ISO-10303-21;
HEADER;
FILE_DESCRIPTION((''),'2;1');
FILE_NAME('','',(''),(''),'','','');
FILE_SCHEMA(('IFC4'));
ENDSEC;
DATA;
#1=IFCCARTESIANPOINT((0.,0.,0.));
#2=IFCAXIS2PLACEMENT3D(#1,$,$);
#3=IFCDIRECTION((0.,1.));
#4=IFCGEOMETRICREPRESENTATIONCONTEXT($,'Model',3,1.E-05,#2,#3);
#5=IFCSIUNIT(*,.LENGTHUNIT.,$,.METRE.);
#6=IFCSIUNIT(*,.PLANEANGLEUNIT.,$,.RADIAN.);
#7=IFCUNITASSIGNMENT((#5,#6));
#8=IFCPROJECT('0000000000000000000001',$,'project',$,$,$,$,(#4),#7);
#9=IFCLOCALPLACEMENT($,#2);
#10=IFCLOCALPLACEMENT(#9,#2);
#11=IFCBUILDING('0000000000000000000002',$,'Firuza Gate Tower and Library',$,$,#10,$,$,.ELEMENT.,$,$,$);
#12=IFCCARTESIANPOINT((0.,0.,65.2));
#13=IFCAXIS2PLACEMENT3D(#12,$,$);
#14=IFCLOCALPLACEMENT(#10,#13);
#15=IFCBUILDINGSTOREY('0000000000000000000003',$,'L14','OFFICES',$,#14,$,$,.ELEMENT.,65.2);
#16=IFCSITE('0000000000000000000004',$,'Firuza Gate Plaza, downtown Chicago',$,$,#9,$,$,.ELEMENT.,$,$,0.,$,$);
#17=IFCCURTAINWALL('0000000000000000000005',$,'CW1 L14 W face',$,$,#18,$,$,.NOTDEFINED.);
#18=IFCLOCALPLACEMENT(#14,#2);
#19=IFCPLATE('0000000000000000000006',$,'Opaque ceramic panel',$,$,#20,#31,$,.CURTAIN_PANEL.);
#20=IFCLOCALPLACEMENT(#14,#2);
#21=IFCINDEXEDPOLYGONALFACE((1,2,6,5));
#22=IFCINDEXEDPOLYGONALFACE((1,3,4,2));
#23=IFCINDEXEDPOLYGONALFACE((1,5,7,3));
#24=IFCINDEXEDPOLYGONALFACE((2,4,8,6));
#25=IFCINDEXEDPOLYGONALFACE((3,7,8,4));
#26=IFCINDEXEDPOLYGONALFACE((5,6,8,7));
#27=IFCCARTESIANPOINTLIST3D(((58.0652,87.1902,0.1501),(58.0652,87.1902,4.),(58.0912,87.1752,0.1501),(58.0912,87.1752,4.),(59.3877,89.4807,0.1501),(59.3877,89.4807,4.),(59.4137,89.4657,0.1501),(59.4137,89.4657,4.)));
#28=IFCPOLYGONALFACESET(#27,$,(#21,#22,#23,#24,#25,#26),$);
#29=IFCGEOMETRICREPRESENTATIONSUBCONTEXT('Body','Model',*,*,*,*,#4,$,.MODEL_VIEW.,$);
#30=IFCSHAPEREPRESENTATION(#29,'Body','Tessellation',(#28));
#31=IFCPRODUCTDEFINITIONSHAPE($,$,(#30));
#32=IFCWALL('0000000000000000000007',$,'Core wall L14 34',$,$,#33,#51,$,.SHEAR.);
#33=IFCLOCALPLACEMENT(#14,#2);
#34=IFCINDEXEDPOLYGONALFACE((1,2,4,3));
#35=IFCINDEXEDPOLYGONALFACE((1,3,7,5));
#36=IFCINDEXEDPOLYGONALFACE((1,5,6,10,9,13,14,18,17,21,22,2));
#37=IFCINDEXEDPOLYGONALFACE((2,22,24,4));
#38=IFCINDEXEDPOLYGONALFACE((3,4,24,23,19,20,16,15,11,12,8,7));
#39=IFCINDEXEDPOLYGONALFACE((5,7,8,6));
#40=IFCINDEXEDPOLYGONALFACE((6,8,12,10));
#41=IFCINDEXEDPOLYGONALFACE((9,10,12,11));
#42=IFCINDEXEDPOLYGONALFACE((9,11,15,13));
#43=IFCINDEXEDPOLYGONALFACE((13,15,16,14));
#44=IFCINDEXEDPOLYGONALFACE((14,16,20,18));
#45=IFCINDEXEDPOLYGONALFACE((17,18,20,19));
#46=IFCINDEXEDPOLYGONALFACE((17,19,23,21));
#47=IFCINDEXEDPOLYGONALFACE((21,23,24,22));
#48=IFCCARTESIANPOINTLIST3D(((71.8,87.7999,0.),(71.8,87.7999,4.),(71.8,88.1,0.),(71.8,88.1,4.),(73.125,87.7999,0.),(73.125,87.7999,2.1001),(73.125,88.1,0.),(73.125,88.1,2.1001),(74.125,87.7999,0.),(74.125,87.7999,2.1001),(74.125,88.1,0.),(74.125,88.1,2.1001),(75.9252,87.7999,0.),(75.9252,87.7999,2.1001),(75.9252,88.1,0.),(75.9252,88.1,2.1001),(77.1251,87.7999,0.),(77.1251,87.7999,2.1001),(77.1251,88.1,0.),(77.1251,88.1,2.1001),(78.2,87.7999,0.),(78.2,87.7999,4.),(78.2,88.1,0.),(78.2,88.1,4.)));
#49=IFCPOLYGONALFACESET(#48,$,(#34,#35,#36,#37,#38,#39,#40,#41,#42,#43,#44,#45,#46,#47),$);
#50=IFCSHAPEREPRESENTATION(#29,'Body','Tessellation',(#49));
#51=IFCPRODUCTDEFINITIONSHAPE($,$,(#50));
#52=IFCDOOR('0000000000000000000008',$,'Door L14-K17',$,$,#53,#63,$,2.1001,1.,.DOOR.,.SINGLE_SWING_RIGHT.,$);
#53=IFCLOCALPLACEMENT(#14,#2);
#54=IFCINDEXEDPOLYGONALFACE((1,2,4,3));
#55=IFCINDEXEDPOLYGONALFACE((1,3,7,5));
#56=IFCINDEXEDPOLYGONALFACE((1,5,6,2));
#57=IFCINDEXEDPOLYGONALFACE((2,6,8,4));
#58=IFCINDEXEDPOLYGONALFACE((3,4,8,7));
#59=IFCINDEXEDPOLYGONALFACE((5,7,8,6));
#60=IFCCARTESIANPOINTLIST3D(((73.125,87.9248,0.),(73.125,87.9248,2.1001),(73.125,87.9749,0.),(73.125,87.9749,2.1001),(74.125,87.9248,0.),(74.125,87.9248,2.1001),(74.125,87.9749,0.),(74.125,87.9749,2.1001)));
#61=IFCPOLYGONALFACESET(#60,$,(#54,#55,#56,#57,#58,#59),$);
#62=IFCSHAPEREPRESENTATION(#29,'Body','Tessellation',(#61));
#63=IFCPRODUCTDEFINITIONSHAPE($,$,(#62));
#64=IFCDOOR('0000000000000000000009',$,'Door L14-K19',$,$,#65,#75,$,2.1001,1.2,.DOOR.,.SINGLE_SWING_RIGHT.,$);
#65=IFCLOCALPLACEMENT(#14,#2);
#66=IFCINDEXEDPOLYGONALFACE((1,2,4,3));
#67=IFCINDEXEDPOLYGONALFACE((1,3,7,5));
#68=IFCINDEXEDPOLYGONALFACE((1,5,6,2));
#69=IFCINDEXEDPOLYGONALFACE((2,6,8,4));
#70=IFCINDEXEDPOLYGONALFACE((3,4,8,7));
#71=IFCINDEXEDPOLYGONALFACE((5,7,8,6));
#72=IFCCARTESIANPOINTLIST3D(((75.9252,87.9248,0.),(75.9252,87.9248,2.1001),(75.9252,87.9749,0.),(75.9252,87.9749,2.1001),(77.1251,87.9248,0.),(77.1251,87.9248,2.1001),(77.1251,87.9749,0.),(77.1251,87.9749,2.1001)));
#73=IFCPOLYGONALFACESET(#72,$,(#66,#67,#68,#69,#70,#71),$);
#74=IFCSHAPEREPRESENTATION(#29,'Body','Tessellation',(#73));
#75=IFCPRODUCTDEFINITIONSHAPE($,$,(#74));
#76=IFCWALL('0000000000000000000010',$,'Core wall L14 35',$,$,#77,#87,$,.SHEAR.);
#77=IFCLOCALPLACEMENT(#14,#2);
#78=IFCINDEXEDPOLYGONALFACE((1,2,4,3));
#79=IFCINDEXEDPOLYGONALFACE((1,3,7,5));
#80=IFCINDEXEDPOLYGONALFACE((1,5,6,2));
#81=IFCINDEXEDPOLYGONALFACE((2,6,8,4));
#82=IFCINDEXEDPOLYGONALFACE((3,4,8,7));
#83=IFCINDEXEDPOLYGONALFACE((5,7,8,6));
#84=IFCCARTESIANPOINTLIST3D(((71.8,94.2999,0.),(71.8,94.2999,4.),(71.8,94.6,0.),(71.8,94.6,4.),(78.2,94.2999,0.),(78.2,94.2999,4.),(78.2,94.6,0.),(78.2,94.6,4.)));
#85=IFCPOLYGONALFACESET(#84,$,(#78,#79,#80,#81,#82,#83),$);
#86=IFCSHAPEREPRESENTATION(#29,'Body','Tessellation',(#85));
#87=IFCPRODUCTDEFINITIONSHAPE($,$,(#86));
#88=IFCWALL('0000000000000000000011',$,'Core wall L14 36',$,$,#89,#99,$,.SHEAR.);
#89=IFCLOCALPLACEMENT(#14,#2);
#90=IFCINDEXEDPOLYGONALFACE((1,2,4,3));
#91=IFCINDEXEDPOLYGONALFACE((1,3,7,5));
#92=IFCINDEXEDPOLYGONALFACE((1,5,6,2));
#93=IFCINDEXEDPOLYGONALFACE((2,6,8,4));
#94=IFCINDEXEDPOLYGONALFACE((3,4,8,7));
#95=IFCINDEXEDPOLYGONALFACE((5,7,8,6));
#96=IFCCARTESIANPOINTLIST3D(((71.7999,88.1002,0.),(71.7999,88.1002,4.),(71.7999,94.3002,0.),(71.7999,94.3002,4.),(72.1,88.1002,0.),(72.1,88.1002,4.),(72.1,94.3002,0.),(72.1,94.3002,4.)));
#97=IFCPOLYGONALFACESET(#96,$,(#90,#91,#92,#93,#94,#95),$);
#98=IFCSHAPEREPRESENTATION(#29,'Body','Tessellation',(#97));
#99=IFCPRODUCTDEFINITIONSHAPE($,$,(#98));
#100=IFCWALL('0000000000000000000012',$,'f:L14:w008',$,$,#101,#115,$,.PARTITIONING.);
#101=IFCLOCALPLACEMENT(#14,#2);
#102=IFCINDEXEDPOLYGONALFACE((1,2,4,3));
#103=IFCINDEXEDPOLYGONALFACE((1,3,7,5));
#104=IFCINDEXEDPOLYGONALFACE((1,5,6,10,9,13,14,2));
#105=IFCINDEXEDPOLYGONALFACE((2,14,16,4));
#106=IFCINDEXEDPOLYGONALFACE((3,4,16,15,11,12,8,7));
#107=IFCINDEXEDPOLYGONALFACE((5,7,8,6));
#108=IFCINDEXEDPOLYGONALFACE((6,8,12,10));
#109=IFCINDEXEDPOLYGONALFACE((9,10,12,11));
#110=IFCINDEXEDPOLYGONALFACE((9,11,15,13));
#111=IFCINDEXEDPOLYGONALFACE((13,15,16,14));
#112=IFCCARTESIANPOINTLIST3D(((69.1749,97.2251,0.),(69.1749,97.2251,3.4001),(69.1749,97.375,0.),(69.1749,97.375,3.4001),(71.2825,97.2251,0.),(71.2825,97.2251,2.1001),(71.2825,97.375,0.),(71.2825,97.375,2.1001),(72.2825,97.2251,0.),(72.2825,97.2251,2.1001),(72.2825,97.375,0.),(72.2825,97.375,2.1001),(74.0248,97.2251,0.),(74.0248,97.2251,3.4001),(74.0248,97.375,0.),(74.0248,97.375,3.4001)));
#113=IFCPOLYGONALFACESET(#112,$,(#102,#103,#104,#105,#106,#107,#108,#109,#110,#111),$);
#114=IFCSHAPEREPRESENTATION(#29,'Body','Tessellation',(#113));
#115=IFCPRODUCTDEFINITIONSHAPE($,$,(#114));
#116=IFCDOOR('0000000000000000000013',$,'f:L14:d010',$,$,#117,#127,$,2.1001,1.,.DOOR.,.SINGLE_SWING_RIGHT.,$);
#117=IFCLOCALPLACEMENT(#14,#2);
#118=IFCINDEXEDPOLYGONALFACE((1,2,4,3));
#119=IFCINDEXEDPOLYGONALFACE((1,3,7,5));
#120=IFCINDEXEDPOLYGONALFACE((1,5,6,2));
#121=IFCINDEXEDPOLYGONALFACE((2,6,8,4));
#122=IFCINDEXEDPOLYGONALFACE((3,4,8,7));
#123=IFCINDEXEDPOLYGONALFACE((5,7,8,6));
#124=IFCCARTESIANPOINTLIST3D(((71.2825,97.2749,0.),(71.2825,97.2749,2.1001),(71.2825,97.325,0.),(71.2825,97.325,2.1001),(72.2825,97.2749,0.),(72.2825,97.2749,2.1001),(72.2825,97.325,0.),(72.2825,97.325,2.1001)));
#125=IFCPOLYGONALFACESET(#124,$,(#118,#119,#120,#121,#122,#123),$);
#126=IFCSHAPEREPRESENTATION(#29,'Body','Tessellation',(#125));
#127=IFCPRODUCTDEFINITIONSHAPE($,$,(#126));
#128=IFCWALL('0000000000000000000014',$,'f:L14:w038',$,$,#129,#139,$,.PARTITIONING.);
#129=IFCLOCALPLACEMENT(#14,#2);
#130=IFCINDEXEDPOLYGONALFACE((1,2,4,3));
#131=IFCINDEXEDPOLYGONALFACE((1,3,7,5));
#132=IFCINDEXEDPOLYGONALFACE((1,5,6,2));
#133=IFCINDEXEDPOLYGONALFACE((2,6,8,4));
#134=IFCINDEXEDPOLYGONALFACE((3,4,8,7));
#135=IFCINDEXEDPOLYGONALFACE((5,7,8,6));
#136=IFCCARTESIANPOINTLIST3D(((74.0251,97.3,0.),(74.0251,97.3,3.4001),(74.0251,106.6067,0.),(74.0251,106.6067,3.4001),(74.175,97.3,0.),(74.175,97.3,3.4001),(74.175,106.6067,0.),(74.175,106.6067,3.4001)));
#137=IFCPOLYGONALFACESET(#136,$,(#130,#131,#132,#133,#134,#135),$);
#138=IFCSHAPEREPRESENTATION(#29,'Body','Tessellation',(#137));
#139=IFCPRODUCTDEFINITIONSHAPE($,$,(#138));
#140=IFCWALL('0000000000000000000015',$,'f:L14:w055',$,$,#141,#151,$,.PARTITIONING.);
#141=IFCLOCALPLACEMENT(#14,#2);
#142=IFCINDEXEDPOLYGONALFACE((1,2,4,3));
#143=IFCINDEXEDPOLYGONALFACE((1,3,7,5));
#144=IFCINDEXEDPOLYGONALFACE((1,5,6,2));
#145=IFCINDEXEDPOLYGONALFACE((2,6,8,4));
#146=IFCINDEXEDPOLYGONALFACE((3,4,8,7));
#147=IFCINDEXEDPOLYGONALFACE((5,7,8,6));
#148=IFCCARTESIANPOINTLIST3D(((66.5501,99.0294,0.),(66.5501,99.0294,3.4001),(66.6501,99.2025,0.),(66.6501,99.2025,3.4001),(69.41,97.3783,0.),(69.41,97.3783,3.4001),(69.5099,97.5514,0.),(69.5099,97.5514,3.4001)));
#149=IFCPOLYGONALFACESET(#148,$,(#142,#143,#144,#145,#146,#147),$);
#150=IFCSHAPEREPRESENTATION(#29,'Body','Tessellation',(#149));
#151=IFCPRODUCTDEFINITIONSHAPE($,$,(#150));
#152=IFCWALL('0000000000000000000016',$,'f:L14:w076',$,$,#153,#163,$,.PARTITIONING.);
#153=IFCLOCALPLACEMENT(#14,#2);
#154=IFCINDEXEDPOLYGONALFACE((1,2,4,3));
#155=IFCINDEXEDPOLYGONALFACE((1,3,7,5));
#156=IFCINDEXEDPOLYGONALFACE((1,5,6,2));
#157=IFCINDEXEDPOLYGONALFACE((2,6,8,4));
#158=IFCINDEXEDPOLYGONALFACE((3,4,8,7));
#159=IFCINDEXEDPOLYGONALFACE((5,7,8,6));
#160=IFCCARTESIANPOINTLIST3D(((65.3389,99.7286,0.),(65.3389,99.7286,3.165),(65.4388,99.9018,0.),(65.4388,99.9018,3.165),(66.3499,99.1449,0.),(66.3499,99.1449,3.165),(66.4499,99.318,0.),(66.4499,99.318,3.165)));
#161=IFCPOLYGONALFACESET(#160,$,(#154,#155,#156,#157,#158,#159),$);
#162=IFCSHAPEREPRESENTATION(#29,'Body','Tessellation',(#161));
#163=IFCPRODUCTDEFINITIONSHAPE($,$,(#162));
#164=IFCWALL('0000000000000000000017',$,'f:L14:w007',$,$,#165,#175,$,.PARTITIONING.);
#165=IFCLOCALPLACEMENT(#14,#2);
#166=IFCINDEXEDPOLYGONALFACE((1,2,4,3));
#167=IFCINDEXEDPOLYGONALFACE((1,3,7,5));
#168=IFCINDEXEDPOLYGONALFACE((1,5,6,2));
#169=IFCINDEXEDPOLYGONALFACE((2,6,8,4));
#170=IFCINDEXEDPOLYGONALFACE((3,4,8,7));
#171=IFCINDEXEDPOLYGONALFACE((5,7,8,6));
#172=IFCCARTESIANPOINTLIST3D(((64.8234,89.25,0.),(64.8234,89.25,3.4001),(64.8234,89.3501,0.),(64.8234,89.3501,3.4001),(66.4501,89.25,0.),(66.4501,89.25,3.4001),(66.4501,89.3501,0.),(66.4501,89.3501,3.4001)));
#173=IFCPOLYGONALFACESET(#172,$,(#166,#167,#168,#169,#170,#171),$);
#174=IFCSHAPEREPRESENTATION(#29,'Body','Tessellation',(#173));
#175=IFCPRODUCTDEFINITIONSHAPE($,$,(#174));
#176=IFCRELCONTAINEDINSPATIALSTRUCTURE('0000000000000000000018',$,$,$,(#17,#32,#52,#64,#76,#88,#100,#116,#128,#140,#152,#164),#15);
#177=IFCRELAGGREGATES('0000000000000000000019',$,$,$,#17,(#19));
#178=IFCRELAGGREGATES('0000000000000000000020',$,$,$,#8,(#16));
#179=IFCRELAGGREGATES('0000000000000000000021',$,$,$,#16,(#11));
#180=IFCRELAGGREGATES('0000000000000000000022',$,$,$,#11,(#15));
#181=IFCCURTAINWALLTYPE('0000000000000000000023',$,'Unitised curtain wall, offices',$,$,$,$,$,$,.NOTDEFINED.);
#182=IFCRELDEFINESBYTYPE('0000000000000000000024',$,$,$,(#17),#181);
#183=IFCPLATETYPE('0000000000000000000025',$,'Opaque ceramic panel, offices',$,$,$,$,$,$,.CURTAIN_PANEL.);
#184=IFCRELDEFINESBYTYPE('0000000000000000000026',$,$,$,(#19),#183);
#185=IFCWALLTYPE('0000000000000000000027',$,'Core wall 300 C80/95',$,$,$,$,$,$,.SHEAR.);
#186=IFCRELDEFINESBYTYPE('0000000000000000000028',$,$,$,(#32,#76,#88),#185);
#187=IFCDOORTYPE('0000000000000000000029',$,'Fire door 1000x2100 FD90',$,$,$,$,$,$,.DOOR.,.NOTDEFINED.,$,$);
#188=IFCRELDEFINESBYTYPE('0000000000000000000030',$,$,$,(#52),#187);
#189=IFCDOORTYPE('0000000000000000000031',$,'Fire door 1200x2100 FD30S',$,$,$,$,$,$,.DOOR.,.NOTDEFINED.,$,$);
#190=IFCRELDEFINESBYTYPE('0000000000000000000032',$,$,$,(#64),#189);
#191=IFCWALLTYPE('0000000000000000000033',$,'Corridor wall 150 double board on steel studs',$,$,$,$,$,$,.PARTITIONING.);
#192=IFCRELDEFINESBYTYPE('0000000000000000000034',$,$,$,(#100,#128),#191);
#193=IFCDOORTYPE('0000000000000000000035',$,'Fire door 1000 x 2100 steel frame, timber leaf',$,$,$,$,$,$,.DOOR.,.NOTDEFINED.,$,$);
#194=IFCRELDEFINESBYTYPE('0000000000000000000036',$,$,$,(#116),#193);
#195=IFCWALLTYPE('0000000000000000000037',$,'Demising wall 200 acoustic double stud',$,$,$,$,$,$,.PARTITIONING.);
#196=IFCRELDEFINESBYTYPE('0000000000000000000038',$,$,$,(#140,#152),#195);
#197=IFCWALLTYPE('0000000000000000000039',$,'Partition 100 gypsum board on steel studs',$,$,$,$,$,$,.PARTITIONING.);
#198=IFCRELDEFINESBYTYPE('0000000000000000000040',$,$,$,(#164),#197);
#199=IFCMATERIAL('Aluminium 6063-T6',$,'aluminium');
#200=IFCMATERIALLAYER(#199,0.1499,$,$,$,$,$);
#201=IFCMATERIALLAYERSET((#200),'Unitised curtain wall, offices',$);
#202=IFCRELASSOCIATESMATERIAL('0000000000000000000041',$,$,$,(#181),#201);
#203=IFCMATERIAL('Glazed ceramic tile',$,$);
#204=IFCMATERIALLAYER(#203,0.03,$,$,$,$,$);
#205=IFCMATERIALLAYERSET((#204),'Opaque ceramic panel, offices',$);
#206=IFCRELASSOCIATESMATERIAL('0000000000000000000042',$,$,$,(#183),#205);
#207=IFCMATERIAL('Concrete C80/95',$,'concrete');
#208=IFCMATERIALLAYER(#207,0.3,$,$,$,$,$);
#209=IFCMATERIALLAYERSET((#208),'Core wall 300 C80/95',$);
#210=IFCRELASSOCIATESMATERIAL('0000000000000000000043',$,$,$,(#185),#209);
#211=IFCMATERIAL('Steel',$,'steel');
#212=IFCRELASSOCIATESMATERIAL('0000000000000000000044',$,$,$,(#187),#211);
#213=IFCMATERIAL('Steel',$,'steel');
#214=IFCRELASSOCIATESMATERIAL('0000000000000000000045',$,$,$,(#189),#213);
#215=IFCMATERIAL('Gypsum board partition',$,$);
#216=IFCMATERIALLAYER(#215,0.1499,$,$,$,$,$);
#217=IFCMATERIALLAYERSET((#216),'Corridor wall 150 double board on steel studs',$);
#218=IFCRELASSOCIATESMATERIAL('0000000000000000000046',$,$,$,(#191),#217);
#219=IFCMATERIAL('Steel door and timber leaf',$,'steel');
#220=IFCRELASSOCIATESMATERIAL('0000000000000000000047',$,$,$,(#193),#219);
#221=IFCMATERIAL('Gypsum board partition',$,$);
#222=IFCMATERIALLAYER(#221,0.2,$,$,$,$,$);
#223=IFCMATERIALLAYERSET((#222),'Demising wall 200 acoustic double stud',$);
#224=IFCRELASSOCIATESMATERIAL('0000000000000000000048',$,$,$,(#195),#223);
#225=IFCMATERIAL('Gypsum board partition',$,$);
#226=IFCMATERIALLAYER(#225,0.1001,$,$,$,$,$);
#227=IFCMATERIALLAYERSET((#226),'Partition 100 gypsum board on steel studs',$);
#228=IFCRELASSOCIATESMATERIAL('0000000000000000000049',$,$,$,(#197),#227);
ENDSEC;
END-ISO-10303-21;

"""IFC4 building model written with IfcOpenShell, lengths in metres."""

from ifc_helpers import new_model, si_unit, direction, frame, frame_2d, origin, place, context, subcontext, project, spatial, polyline, rectangle, outline, extrude, material, layer, layer_set, type_object, element, fill, aggregate, save


model = new_model("IFC4")

# Units and contexts
model_context = context("Model", 3, precision=1e-05, world=origin(), true_north=direction((0.0, 1.0)))
body_context = subcontext(model_context, "Body", "Model", "MODEL_VIEW")
ifc_project = project(units=[si_unit("LENGTHUNIT", "METRE"), si_unit("PLANEANGLEUNIT", "RADIAN")], contexts=[model_context])

# Site, building, storey
site_placement = place(None, origin())
site = spatial("IfcSite", under=ifc_project, at=site_placement, Name="Firuza Gate Plaza, downtown Chicago", CompositionType="ELEMENT", RefElevation=0.0)
building_placement = place(site_placement, origin())
building = spatial("IfcBuilding", under=site, at=building_placement, Name="Firuza Gate Tower and Library", CompositionType="ELEMENT")
storey_placement = place(building_placement, frame((0.0, 0.0, 65.2)))
storey = spatial("IfcBuildingStorey", under=building, at=storey_placement, Name="L14", Description="OFFICES", CompositionType="ELEMENT", Elevation=65.2)

# Curtain wall
ifc_material_1 = material(Name="Aluminium 6063-T6", Category="aluminium")
ifc_layer_1 = layer(ifc_material_1, 0.1499)
ifc_layer_set_1 = layer_set([ifc_layer_1], Name="Unitised curtain wall, offices")
curtain_wall_type = type_object("IfcCurtainWallType", Name="Unitised curtain wall, offices", PredefinedType="NOTDEFINED", material=ifc_layer_set_1)
placement = place(storey_placement, origin())
curtain_wall = element("IfcCurtainWall", 1, at=placement, inside=storey, type_object=curtain_wall_type, Name="CW1 L14 W face", PredefinedType="NOTDEFINED")

# Plate
ifc_material_2 = material(Name="Glazed ceramic tile")
ifc_layer_2 = layer(ifc_material_2, 0.03)
ifc_layer_set_2 = layer_set([ifc_layer_2], Name="Opaque ceramic panel, offices")
plate_type_1 = type_object("IfcPlateType", Name="Opaque ceramic panel, offices", PredefinedType="CURTAIN_PANEL", material=ifc_layer_set_2)
plate_1_placement = place(storey_placement, frame((59.3877, 89.4807, 0.1501), z_axis=(-0.866013, 0.500021, 0.0), x_axis=(-0.500021, -0.866013, 0.0)))
plate_1 = element("IfcPlate", 2, at=plate_1_placement, type_object=plate_type_1, Name="Opaque ceramic panel", PredefinedType="CURTAIN_PANEL", context=body_context, shape_type="SweptSolid", body=[
    extrude(outline(polyline([(0.0, 0.0), (2.6449, 0.0), (2.6449, 3.8499), (0.0, 3.8499), (0.0, 0.0)])), origin(), (0.0, 0.0, -1.0), 0.03),
])
aggregate(curtain_wall, [plate_1])

# Wall, openings, doors
ifc_material_3 = material(Name="Concrete C80/95", Category="concrete")
ifc_layer_3 = layer(ifc_material_3, 0.3)
ifc_layer_set_3 = layer_set([ifc_layer_3], Name="Core wall 300 C80/95")
wall_type_1 = type_object("IfcWallType", Name="Core wall 300 C80/95", PredefinedType="SHEAR", material=ifc_layer_set_3)
wall_1_placement = place(storey_placement, frame((71.8, 87.95, 0.0), z_axis=(0.0, 0.0, 1.0), x_axis=(1.0, 0.0, 0.0)))
wall_1 = element("IfcWall", 3, at=wall_1_placement, inside=storey, type_object=wall_type_1, Name="Core wall L14 34", PredefinedType="SHEAR", context=body_context, shape_type="SweptSolid", body=[
    extrude(rectangle(XDim=6.3999, YDim=0.3, at=frame_2d((3.2, 0.0))), origin(), (0.0, 0.0, 1.0), 4.0),
])
opening_1_placement = place(wall_1_placement, frame((1.325, 0.0, 0.0)))
opening_1 = element("IfcOpeningElement", 4, at=opening_1_placement, cuts=wall_1, PredefinedType="OPENING", context=body_context, shape_type="SweptSolid", body=[
    extrude(rectangle(XDim=1.0, YDim=2.1001, at=frame_2d((0.5, 1.05))), frame((0.0, 0.1602, 0.0), z_axis=(0.0, -1.0, 0.0), x_axis=(1.0, 0.0, 0.0)), (0.0, 0.0, 1.0), 0.3201),
])
opening_2_placement = place(wall_1_placement, frame((4.125, 0.0, 0.0)))
opening_2 = element("IfcOpeningElement", 5, at=opening_2_placement, cuts=wall_1, PredefinedType="OPENING", context=body_context, shape_type="SweptSolid", body=[
    extrude(rectangle(XDim=1.2, YDim=2.1001, at=frame_2d((0.6001, 1.05))), frame((0.0, 0.1602, 0.0), z_axis=(0.0, -1.0, 0.0), x_axis=(1.0, 0.0, 0.0)), (0.0, 0.0, 1.0), 0.3201),
])
ifc_material_4 = material(Name="Steel", Category="steel")
door_type_1 = type_object("IfcDoorType", Name="Fire door 1000x2100 FD90", OperationType="NOTDEFINED", PredefinedType="DOOR", material=ifc_material_4)
door_1_placement = place(opening_1_placement, origin())
door_1 = element("IfcDoor", 6, at=door_1_placement, inside=storey, type_object=door_type_1, Name="Door L14-K17", OperationType="SINGLE_SWING_RIGHT", OverallHeight=2.1001, OverallWidth=1.0, PredefinedType="DOOR", context=body_context, shape_type="SweptSolid", body=[
    extrude(rectangle(XDim=1.0, YDim=2.1001, at=frame_2d((0.5, 1.05))), frame((0.0, 0.0249, 0.0), z_axis=(0.0, -1.0, 0.0), x_axis=(1.0, 0.0, 0.0)), (0.0, 0.0, 1.0), 0.05),
])
fill(opening_1, door_1)
ifc_material_5 = material(Name="Steel", Category="steel")
door_type_2 = type_object("IfcDoorType", Name="Fire door 1200x2100 FD30S", OperationType="NOTDEFINED", PredefinedType="DOOR", material=ifc_material_5)
door_2_placement = place(opening_2_placement, origin())
door_2 = element("IfcDoor", 7, at=door_2_placement, inside=storey, type_object=door_type_2, Name="Door L14-K19", OperationType="SINGLE_SWING_RIGHT", OverallHeight=2.1001, OverallWidth=1.2, PredefinedType="DOOR", context=body_context, shape_type="SweptSolid", body=[
    extrude(rectangle(XDim=1.2, YDim=2.1001, at=frame_2d((0.6001, 1.05))), frame((0.0, 0.0249, 0.0), z_axis=(0.0, -1.0, 0.0), x_axis=(1.0, 0.0, 0.0)), (0.0, 0.0, 1.0), 0.05),
])
fill(opening_2, door_2)

# Walls
wall_2_placement = place(storey_placement, frame((71.8, 94.45, 0.0), z_axis=(0.0, 0.0, 1.0), x_axis=(1.0, 0.0, 0.0)))
element("IfcWall", 8, at=wall_2_placement, inside=storey, type_object=wall_type_1, Name="Core wall L14 35", PredefinedType="SHEAR", context=body_context, shape_type="SweptSolid", body=[
    extrude(rectangle(XDim=6.3999, YDim=0.3, at=frame_2d((3.2, 0.0))), origin(), (0.0, 0.0, 1.0), 4.0),
])
wall_3_placement = place(storey_placement, frame((71.95, 88.1001, 0.0), z_axis=(0.0, 0.0, 1.0), x_axis=(0.0, 1.0, 0.0)))
element("IfcWall", 9, at=wall_3_placement, inside=storey, type_object=wall_type_1, Name="Core wall L14 36", PredefinedType="SHEAR", context=body_context, shape_type="SweptSolid", body=[
    extrude(rectangle(XDim=6.2, YDim=0.3, at=frame_2d((3.1001, 0.0))), origin(), (0.0, 0.0, 1.0), 4.0),
])

# Wall, opening, door
ifc_material_6 = material(Name="Gypsum board partition")
ifc_layer_4 = layer(ifc_material_6, 0.1499)
ifc_layer_set_4 = layer_set([ifc_layer_4], Name="Corridor wall 150 double board on steel studs")
wall_type_2 = type_object("IfcWallType", Name="Corridor wall 150 double board on steel studs", PredefinedType="PARTITIONING", material=ifc_layer_set_4)
wall_4_placement = place(storey_placement, frame((69.175, 97.3, 0.0), z_axis=(0.0, 0.0, 1.0), x_axis=(1.0, 0.0, 0.0)))
wall_4 = element("IfcWall", 10, at=wall_4_placement, inside=storey, type_object=wall_type_2, Name="f:L14:w008", PredefinedType="PARTITIONING", context=body_context, shape_type="SweptSolid", body=[
    extrude(rectangle(XDim=4.8499, YDim=0.1499, at=frame_2d((2.4248, 0.0))), origin(), (0.0, 0.0, 1.0), 3.4001),
])
opening_3_placement = place(wall_4_placement, frame((2.1074, 0.0, 0.0)))
opening_3 = element("IfcOpeningElement", 11, at=opening_3_placement, cuts=wall_4, PredefinedType="OPENING", context=body_context, shape_type="SweptSolid", body=[
    extrude(rectangle(XDim=1.0, YDim=2.1001, at=frame_2d((0.5, 1.05))), frame((0.0, 0.085, 0.0), z_axis=(0.0, -1.0, 0.0), x_axis=(1.0, 0.0, 0.0)), (0.0, 0.0, 1.0), 0.1699),
])
ifc_material_7 = material(Name="Steel door and timber leaf", Category="steel")
door_type_3 = type_object("IfcDoorType", Name="Fire door 1000 x 2100 steel frame, timber leaf", OperationType="NOTDEFINED", PredefinedType="DOOR", material=ifc_material_7)
door_3_placement = place(opening_3_placement, origin())
door_3 = element("IfcDoor", 12, at=door_3_placement, inside=storey, type_object=door_type_3, Name="f:L14:d010", OperationType="SINGLE_SWING_RIGHT", OverallHeight=2.1001, OverallWidth=1.0, PredefinedType="DOOR", context=body_context, shape_type="SweptSolid", body=[
    extrude(rectangle(XDim=1.0, YDim=2.1001, at=frame_2d((0.5, 1.05))), frame((0.0, 0.0249, 0.0), z_axis=(0.0, -1.0, 0.0), x_axis=(1.0, 0.0, 0.0)), (0.0, 0.0, 1.0), 0.05),
])
fill(opening_3, door_3)

# Walls
wall_5_placement = place(storey_placement, frame((74.1001, 97.3, 0.0), z_axis=(0.0, 0.0, 1.0), x_axis=(0.0, 1.0, 0.0)))
element("IfcWall", 13, at=wall_5_placement, inside=storey, type_object=wall_type_2, Name="f:L14:w038", PredefinedType="PARTITIONING", context=body_context, shape_type="SweptSolid", body=[
    extrude(rectangle(XDim=9.3066, YDim=0.1499, at=frame_2d((4.6533, 0.0))), origin(), (0.0, 0.0, 1.0), 3.4001),
])
ifc_material_8 = material(Name="Gypsum board partition")
ifc_layer_5 = layer(ifc_material_8, 0.2)
ifc_layer_set_5 = layer_set([ifc_layer_5], Name="Demising wall 200 acoustic double stud")
wall_type_3 = type_object("IfcWallType", Name="Demising wall 200 acoustic double stud", PredefinedType="PARTITIONING", material=ifc_layer_set_5)
wall_6_placement = place(storey_placement, frame((69.46, 97.4648, 0.0), z_axis=(0.0, 0.0, 1.0), x_axis=(-0.866028, 0.499996, 0.0)))
element("IfcWall", 14, at=wall_6_placement, inside=storey, type_object=wall_type_3, Name="f:L14:w055", PredefinedType="PARTITIONING", context=body_context, shape_type="SweptSolid", body=[
    extrude(rectangle(XDim=3.3022, YDim=0.2, at=frame_2d((1.6511, 0.0))), origin(), (0.0, 0.0, 1.0), 3.4001),
])
wall_7_placement = place(storey_placement, frame((66.3999, 99.2314, 0.0), z_axis=(0.0, 0.0, 1.0), x_axis=(-0.866008, 0.50003, 0.0)))
element("IfcWall", 15, at=wall_7_placement, inside=storey, type_object=wall_type_3, Name="f:L14:w076", PredefinedType="PARTITIONING", context=body_context, shape_type="SweptSolid", body=[
    extrude(rectangle(XDim=1.1675, YDim=0.2, at=frame_2d((0.5837, 0.0))), origin(), (0.0, 0.0, 1.0), 3.165),
])
ifc_material_9 = material(Name="Gypsum board partition")
ifc_layer_6 = layer(ifc_material_9, 0.1001)
ifc_layer_set_6 = layer_set([ifc_layer_6], Name="Partition 100 gypsum board on steel studs")
wall_type_4 = type_object("IfcWallType", Name="Partition 100 gypsum board on steel studs", PredefinedType="PARTITIONING", material=ifc_layer_set_6)
wall_8_placement = place(storey_placement, frame((64.8232, 89.3, 0.0), z_axis=(0.0, 0.0, 1.0), x_axis=(1.0, 0.0, 0.0)))
element("IfcWall", 16, at=wall_8_placement, inside=storey, type_object=wall_type_4, Name="f:L14:w007", PredefinedType="PARTITIONING", context=body_context, shape_type="SweptSolid", body=[
    extrude(rectangle(XDim=1.6267, YDim=0.1001, at=frame_2d((0.8135, 0.0))), origin(), (0.0, 0.0, 1.0), 3.4001),
])

save(model, "model.ifc")
